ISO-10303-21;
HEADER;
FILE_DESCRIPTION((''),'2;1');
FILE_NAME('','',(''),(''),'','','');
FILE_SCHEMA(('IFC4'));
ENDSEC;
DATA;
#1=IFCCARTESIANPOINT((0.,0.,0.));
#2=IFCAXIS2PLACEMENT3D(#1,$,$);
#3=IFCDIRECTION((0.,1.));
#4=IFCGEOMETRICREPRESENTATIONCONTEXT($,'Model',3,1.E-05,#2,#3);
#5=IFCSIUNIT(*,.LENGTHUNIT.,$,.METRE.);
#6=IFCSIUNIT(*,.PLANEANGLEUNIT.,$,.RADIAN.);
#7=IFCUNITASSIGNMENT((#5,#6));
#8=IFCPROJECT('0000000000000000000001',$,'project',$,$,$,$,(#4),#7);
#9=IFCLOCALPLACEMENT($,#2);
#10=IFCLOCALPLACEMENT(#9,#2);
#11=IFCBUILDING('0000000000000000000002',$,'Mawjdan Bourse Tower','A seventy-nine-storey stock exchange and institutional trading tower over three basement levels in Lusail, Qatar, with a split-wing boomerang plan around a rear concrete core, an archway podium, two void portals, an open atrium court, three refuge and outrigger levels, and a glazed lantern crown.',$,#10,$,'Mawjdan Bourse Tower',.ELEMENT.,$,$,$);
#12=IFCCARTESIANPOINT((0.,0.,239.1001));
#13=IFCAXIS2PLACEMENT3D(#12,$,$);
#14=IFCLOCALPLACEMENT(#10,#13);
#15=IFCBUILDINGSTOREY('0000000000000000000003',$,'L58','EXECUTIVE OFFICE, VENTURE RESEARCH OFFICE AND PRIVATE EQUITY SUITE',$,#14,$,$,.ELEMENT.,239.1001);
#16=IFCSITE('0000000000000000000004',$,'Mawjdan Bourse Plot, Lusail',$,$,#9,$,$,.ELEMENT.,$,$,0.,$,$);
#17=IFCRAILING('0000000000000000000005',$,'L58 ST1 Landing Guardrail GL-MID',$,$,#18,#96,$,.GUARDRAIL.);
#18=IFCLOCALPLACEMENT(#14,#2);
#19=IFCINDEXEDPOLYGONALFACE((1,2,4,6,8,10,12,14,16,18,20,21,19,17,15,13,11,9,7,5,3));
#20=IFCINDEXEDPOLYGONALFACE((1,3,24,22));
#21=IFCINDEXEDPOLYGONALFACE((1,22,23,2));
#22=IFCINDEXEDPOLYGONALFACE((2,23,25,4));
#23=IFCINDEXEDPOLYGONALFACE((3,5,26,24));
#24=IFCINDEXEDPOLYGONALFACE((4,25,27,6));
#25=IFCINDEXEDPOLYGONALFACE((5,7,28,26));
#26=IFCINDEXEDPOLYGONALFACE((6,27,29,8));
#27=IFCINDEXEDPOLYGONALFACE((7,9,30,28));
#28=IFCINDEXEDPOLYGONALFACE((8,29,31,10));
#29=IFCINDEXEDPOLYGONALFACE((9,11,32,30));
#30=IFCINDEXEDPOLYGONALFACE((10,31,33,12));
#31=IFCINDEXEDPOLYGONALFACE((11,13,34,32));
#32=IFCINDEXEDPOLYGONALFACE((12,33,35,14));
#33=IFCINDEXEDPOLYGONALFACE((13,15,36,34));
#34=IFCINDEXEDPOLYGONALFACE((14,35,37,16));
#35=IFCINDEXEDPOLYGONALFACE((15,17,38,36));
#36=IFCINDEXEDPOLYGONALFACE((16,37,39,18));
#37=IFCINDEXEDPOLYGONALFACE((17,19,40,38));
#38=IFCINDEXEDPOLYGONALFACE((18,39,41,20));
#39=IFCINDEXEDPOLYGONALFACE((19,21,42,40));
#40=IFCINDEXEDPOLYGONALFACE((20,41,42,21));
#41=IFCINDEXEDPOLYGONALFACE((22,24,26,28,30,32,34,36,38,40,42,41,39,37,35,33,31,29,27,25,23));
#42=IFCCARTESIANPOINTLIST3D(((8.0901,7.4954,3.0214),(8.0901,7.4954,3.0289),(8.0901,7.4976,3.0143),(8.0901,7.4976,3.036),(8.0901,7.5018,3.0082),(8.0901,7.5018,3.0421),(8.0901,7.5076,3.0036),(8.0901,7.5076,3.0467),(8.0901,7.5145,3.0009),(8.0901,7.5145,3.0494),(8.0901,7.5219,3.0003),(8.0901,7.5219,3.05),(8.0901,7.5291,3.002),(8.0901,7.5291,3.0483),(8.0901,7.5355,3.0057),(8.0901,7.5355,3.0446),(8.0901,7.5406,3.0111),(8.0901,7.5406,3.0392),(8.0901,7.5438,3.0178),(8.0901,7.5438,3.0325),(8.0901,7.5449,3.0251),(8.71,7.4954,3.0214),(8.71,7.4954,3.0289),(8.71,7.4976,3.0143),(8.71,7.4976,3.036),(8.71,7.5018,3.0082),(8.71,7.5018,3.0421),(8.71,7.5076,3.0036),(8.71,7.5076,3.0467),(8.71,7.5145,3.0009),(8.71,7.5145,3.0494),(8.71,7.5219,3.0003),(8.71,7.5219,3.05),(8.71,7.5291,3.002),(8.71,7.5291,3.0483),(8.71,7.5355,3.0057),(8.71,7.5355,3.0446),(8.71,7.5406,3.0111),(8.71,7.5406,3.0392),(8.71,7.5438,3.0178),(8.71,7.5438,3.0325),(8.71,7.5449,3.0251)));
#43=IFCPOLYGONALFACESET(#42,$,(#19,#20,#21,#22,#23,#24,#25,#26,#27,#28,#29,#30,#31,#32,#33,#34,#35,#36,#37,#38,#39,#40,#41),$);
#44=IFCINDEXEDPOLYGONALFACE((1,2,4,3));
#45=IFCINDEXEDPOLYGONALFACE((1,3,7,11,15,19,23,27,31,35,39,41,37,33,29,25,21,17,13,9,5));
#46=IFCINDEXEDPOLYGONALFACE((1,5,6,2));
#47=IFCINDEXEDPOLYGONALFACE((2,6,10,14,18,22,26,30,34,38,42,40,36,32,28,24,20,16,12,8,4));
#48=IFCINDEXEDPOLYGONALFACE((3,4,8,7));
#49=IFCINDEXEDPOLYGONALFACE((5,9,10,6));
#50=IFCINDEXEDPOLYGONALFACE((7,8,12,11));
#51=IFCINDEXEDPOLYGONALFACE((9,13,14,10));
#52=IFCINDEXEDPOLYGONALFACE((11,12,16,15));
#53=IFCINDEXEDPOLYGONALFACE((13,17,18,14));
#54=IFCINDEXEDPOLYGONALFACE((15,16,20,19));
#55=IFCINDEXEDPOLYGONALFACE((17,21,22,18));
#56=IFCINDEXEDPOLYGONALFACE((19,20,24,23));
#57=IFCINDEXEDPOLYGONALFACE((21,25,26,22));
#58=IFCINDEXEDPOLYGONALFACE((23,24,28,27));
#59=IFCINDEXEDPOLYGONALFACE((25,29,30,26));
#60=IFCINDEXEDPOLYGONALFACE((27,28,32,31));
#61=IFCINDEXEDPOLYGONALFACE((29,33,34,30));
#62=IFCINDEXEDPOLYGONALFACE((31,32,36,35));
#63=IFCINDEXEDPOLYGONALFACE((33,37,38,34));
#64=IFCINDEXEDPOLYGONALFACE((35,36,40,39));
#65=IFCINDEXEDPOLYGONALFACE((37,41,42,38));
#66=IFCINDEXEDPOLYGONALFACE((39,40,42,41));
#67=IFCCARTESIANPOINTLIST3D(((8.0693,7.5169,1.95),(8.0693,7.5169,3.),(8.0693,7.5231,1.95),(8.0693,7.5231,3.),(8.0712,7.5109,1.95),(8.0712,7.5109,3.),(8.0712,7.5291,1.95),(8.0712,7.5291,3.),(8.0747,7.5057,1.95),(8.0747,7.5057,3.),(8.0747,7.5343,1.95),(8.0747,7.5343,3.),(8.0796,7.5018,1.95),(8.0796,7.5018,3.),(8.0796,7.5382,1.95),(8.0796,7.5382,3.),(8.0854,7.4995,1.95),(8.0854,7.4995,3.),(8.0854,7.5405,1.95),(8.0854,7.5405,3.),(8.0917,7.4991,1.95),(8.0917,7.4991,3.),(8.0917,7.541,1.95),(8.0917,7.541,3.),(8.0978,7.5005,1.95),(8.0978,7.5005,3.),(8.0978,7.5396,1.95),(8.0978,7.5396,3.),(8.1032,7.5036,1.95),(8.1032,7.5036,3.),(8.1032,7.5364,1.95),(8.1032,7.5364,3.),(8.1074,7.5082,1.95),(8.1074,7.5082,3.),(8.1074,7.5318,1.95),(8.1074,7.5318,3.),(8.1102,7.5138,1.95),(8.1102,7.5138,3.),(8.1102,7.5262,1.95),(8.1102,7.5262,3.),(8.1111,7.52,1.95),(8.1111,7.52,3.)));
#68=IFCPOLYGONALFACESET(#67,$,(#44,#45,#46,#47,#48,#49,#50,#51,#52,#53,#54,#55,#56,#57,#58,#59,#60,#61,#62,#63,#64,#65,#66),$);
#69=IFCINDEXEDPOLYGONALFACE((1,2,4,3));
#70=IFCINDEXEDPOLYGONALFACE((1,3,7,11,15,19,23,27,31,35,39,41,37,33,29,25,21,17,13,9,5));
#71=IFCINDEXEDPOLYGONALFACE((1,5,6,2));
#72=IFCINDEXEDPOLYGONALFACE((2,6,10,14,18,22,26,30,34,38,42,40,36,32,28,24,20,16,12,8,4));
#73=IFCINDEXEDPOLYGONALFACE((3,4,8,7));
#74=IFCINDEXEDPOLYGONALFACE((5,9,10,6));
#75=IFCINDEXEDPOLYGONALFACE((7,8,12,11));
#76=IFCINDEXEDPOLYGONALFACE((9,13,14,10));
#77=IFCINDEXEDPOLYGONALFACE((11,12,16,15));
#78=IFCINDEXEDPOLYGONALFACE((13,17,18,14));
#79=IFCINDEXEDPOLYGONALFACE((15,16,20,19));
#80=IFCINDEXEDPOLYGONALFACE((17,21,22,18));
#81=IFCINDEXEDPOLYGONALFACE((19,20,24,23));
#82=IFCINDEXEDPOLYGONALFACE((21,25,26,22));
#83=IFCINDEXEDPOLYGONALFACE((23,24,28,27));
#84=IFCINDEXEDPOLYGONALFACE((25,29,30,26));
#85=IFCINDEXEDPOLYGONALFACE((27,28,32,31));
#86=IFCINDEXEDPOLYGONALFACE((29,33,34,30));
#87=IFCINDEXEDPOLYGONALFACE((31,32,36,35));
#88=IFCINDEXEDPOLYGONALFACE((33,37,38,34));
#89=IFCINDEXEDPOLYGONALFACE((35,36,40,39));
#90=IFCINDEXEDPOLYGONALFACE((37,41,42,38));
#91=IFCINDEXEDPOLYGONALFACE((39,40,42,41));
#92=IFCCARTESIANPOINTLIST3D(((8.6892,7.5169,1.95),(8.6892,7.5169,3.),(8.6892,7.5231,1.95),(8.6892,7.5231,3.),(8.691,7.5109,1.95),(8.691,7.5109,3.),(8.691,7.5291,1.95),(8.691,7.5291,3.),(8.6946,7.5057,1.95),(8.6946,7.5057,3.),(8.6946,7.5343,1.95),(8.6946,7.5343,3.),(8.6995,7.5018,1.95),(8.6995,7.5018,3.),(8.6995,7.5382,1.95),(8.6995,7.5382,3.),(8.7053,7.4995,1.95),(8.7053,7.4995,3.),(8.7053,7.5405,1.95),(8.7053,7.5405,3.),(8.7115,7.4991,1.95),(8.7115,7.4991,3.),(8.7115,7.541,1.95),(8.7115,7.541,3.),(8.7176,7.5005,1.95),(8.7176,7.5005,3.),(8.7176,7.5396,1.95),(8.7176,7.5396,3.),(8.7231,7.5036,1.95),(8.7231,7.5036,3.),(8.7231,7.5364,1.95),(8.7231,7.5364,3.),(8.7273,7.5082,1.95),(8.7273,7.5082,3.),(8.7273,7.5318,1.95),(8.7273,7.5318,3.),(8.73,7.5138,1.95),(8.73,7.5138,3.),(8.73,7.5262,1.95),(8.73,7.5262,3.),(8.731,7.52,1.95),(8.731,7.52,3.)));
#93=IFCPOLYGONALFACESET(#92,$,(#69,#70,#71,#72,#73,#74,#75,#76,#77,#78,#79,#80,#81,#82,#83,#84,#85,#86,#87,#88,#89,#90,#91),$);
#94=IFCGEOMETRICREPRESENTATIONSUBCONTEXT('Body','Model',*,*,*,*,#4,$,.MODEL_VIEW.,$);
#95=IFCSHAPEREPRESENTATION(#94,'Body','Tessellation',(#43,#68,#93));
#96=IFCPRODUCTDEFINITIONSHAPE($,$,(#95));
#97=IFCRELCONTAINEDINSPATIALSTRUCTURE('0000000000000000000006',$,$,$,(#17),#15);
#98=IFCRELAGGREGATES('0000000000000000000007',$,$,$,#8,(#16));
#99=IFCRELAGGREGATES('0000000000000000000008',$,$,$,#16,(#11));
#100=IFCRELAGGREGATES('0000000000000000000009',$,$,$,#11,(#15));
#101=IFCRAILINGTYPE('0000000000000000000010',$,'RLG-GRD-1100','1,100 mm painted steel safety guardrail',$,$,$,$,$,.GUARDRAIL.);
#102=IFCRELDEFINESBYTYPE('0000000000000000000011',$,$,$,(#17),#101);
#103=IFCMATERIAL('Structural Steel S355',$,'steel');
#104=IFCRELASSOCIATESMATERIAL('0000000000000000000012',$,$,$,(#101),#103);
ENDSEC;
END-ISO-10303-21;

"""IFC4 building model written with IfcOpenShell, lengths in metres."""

from ifc_helpers import new_model, si_unit, direction, frame, origin, origin_2d, place, context, subcontext, project, spatial, circle, extrude, material, type_object, element, save


model = new_model("IFC4")

# Units and contexts
model_context = context("Model", 3, precision=1e-05, world=origin(), true_north=direction((0.0, 1.0)))
body_context = subcontext(model_context, "Body", "Model", "MODEL_VIEW")
ifc_project = project(units=[si_unit("LENGTHUNIT", "METRE"), si_unit("PLANEANGLEUNIT", "RADIAN")], contexts=[model_context])

# Site, building, storey
site_placement = place(None, origin())
site = spatial("IfcSite", under=ifc_project, at=site_placement, Name="Mawjdan Bourse Plot, Lusail", CompositionType="ELEMENT", RefElevation=0.0)
building_placement = place(site_placement, origin())
building = spatial("IfcBuilding", under=site, at=building_placement, Name="Mawjdan Bourse Tower", Description="A seventy-nine-storey stock exchange and institutional trading tower over three basement levels in Lusail, Qatar, with a split-wing boomerang plan around a rear concrete core, an archway podium, two void portals, an open atrium court, three refuge and outrigger levels, and a glazed lantern crown.", LongName="Mawjdan Bourse Tower", CompositionType="ELEMENT")
storey_placement = place(building_placement, frame((0.0, 0.0, 239.1001)))
storey = spatial("IfcBuildingStorey", under=building, at=storey_placement, Name="L58", Description="EXECUTIVE OFFICE, VENTURE RESEARCH OFFICE AND PRIVATE EQUITY SUITE", CompositionType="ELEMENT", Elevation=239.1001)

# Shared definitions
ifc_material_1 = material(Name="Structural Steel S355", Category="steel")

# Railing
railing_type_1 = type_object("IfcRailingType", Name="RLG-GRD-1100", Description="1,100 mm painted steel safety guardrail", PredefinedType="GUARDRAIL", material=ifc_material_1)
railing_1_placement = place(storey_placement, frame((8.0901, 7.52, 1.95)))
element("IfcRailing", 1, at=railing_1_placement, inside=storey, type_object=railing_type_1, Name="L58 ST1 Landing Guardrail GL-MID", PredefinedType="GUARDRAIL", context=body_context, shape_type="SweptSolid", body=[
    extrude(circle(Radius=0.0249, at=origin_2d()), frame((0.0, 0.0, 1.0752), z_axis=(1.0, 0.0, 0.0), x_axis=(0.0, 1.0, 0.0)), (0.0, 0.0, 1.0), 0.6199),
    extrude(circle(Radius=0.021, at=origin_2d()), origin(), (0.0, 0.0, 1.0), 1.05),
    extrude(circle(Radius=0.021, at=origin_2d()), frame((0.6199, 0.0, 0.0)), (0.0, 0.0, 1.0), 1.05),
])

save(model, "model.ifc")
